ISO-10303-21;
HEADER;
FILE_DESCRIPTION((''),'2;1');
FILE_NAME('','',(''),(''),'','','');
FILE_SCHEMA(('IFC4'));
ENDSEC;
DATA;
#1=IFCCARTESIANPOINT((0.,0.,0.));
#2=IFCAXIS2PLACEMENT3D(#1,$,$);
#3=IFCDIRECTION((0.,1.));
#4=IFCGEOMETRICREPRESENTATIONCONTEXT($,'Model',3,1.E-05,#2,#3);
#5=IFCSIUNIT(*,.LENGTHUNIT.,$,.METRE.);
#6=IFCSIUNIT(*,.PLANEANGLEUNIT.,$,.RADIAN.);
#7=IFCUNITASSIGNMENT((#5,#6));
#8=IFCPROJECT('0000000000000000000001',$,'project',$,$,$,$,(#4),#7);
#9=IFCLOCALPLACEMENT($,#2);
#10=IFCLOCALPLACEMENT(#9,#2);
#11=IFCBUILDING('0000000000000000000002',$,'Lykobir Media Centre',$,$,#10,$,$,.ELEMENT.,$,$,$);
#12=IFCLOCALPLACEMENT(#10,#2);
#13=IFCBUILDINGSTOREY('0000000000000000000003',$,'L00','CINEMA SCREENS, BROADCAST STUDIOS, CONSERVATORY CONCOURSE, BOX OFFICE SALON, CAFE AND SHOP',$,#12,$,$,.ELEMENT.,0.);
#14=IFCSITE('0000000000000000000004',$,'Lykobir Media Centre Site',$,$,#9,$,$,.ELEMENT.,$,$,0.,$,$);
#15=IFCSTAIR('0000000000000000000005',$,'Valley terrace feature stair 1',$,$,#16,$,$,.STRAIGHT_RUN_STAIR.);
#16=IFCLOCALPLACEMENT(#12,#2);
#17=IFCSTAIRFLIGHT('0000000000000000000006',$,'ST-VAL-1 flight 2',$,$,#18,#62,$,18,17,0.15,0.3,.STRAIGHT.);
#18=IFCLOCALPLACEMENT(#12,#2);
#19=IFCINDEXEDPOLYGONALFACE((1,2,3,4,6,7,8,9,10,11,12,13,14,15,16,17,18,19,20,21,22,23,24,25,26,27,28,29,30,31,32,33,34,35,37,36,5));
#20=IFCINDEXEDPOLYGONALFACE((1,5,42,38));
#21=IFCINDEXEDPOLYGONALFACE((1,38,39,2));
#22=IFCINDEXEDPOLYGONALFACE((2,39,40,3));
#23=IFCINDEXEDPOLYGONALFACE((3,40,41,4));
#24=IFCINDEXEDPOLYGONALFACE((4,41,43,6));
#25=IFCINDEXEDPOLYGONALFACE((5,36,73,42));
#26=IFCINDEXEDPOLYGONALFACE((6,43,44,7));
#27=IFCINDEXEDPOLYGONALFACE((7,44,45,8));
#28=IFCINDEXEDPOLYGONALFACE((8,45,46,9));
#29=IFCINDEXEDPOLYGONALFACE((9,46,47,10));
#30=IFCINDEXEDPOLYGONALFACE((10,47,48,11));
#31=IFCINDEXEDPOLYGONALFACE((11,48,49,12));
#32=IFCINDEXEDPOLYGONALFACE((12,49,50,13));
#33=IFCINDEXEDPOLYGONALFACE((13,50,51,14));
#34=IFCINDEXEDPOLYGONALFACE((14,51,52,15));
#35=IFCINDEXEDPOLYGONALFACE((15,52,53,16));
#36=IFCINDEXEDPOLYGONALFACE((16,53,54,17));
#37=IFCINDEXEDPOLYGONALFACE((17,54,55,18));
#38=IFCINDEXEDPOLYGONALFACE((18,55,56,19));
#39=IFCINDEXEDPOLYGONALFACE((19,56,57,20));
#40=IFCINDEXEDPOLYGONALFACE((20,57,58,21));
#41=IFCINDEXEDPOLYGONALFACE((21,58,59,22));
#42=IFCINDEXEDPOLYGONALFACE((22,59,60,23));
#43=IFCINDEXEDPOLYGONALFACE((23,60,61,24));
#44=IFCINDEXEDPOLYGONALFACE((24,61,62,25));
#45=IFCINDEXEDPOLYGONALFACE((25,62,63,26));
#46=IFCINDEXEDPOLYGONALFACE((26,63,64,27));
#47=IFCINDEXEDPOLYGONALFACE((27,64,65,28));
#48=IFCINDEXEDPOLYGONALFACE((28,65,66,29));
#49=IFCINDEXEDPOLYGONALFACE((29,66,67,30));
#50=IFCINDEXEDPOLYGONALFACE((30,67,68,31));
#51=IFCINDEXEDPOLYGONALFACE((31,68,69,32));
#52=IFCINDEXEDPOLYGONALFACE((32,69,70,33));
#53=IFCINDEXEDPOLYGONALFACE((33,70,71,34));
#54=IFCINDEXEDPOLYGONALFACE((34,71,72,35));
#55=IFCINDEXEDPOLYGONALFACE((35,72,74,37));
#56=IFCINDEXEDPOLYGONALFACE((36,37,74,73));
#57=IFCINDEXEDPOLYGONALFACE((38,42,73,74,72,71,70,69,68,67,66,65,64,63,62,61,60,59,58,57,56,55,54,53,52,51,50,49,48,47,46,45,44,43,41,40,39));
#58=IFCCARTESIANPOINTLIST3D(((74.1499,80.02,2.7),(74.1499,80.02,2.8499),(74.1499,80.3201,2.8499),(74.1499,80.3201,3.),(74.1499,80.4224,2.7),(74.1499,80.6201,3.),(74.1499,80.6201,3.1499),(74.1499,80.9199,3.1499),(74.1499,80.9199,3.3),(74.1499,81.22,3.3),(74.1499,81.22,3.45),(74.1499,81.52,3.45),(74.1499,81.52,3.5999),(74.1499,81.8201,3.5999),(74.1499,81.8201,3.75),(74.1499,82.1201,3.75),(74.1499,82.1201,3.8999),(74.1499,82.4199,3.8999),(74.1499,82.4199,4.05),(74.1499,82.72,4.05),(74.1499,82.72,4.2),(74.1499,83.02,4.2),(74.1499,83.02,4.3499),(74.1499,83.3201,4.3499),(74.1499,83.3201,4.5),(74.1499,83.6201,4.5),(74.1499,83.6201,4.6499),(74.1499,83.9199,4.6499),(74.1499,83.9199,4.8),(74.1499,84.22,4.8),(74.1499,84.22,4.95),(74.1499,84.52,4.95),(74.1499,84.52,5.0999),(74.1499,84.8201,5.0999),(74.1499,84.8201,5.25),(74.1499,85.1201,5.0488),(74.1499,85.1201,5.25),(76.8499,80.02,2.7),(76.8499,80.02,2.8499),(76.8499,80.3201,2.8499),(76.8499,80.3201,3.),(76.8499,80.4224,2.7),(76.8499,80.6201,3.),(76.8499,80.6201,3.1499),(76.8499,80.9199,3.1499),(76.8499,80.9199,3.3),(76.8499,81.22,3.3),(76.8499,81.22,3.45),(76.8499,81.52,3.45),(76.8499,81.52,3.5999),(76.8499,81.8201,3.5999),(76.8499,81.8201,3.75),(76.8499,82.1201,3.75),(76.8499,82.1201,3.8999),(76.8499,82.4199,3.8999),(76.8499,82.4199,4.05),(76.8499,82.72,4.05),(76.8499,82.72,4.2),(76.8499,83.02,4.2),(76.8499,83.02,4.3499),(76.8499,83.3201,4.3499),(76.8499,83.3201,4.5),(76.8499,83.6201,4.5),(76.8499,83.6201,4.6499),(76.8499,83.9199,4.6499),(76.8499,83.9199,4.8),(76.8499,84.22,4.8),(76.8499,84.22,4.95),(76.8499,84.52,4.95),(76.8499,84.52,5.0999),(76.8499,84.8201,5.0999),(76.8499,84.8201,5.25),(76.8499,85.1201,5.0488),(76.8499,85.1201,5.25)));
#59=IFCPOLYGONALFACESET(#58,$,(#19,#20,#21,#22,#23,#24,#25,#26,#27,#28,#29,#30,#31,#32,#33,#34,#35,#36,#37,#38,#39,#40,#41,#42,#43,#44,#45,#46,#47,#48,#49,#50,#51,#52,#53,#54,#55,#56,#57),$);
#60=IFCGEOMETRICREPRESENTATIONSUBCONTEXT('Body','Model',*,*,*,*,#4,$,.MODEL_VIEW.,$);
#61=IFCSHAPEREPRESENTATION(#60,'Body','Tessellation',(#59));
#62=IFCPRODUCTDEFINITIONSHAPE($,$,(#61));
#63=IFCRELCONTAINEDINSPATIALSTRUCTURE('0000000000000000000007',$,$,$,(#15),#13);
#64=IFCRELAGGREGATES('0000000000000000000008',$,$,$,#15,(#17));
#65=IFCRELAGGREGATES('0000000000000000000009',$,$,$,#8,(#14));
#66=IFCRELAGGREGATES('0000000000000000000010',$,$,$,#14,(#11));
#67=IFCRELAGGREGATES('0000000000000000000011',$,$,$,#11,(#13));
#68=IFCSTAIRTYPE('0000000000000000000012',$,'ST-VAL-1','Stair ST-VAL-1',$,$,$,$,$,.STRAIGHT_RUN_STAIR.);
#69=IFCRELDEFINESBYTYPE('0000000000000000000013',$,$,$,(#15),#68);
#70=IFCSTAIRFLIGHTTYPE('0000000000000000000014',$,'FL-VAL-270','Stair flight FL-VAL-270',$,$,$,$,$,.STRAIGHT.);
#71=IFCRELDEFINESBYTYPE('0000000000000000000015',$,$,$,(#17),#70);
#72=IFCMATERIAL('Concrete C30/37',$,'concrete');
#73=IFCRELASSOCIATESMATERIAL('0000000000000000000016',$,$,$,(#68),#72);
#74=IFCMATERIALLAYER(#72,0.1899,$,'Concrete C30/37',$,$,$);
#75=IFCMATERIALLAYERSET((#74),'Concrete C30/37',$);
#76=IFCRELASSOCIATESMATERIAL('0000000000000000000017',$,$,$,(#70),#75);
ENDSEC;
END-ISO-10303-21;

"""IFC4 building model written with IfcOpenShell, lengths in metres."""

from ifc_helpers import new_model, si_unit, direction, frame, origin, place, context, subcontext, project, spatial, polyline, outline, extrude, material, layer, layer_set, type_object, element, aggregate, save


model = new_model("IFC4")

# Units and contexts
model_context = context("Model", 3, precision=1e-05, world=origin(), true_north=direction((0.0, 1.0)))
body_context = subcontext(model_context, "Body", "Model", "MODEL_VIEW")
ifc_project = project(units=[si_unit("LENGTHUNIT", "METRE"), si_unit("PLANEANGLEUNIT", "RADIAN")], contexts=[model_context])

# Site, building, storey
site_placement = place(None, origin())
site = spatial("IfcSite", under=ifc_project, at=site_placement, Name="Lykobir Media Centre Site", CompositionType="ELEMENT", RefElevation=0.0)
building_placement = place(site_placement, origin())
building = spatial("IfcBuilding", under=site, at=building_placement, Name="Lykobir Media Centre", CompositionType="ELEMENT")
storey_placement = place(building_placement, origin())
storey = spatial("IfcBuildingStorey", under=building, at=storey_placement, Name="L00", Description="CINEMA SCREENS, BROADCAST STUDIOS, CONSERVATORY CONCOURSE, BOX OFFICE SALON, CAFE AND SHOP", CompositionType="ELEMENT", Elevation=0.0)

# Stair, stair flight
ifc_material_1 = material(Name="Concrete C30/37", Category="concrete")
stair_type = type_object("IfcStairType", Name="ST-VAL-1", Description="Stair ST-VAL-1", PredefinedType="STRAIGHT_RUN_STAIR", material=ifc_material_1)
stair_placement = place(storey_placement, origin())
stair = element("IfcStair", 1, at=stair_placement, inside=storey, type_object=stair_type, Name="Valley terrace feature stair 1", PredefinedType="STRAIGHT_RUN_STAIR")
ifc_layer_1 = layer(ifc_material_1, 0.1899, Name="Concrete C30/37")
ifc_layer_set_1 = layer_set([ifc_layer_1], Name="Concrete C30/37")
stair_flight_type = type_object("IfcStairFlightType", Name="FL-VAL-270", Description="Stair flight FL-VAL-270", PredefinedType="STRAIGHT", material=ifc_layer_set_1)
stair_flight_1_placement = place(storey_placement, frame((75.5, 80.02, 2.7), z_axis=(0.0, 0.0, 1.0), x_axis=(0.0, 1.0, 0.0)))
stair_flight_1 = element("IfcStairFlight", 2, at=stair_flight_1_placement, type_object=stair_flight_type, Name="ST-VAL-1 flight 2", NumberOfRisers=18, NumberOfTreads=17, PredefinedType="STRAIGHT", RiserHeight=0.15, TreadLength=0.3, context=body_context, shape_type="SweptSolid", body=[
    extrude(outline(polyline([(0.0, 0.0), (0.0, 0.1499), (0.3, 0.1499), (0.3, 0.3), (0.6001, 0.3), (0.6001, 0.45), (0.8999, 0.45), (0.8999, 0.6001), (1.2, 0.6001), (1.2, 0.75), (1.5, 0.75), (1.5, 0.8999), (1.8, 0.8999), (1.8, 1.05), (2.1001, 1.05), (2.1001, 1.2), (2.3999, 1.2), (2.3999, 1.3501), (2.7, 1.3501), (2.7, 1.5), (3.0, 1.5), (3.0, 1.6499), (3.3, 1.6499), (3.3, 1.8), (3.6001, 1.8), (3.6001, 1.95), (3.8999, 1.95), (3.8999, 2.1001), (4.2, 2.1001), (4.2, 2.25), (4.5, 2.25), (4.5, 2.3999), (4.8, 2.3999), (4.8, 2.55), (5.1001, 2.55), (5.1001, 2.7), (5.1001, 2.3489), (0.4023, 0.0), (0.0, 0.0)])), frame((0.0, 1.3501, 0.0), z_axis=(0.0, -1.0, 0.0), x_axis=(1.0, 0.0, 0.0)), (0.0, 0.0, 1.0), 2.7),
])
aggregate(stair, [stair_flight_1])

save(model, "model.ifc")
